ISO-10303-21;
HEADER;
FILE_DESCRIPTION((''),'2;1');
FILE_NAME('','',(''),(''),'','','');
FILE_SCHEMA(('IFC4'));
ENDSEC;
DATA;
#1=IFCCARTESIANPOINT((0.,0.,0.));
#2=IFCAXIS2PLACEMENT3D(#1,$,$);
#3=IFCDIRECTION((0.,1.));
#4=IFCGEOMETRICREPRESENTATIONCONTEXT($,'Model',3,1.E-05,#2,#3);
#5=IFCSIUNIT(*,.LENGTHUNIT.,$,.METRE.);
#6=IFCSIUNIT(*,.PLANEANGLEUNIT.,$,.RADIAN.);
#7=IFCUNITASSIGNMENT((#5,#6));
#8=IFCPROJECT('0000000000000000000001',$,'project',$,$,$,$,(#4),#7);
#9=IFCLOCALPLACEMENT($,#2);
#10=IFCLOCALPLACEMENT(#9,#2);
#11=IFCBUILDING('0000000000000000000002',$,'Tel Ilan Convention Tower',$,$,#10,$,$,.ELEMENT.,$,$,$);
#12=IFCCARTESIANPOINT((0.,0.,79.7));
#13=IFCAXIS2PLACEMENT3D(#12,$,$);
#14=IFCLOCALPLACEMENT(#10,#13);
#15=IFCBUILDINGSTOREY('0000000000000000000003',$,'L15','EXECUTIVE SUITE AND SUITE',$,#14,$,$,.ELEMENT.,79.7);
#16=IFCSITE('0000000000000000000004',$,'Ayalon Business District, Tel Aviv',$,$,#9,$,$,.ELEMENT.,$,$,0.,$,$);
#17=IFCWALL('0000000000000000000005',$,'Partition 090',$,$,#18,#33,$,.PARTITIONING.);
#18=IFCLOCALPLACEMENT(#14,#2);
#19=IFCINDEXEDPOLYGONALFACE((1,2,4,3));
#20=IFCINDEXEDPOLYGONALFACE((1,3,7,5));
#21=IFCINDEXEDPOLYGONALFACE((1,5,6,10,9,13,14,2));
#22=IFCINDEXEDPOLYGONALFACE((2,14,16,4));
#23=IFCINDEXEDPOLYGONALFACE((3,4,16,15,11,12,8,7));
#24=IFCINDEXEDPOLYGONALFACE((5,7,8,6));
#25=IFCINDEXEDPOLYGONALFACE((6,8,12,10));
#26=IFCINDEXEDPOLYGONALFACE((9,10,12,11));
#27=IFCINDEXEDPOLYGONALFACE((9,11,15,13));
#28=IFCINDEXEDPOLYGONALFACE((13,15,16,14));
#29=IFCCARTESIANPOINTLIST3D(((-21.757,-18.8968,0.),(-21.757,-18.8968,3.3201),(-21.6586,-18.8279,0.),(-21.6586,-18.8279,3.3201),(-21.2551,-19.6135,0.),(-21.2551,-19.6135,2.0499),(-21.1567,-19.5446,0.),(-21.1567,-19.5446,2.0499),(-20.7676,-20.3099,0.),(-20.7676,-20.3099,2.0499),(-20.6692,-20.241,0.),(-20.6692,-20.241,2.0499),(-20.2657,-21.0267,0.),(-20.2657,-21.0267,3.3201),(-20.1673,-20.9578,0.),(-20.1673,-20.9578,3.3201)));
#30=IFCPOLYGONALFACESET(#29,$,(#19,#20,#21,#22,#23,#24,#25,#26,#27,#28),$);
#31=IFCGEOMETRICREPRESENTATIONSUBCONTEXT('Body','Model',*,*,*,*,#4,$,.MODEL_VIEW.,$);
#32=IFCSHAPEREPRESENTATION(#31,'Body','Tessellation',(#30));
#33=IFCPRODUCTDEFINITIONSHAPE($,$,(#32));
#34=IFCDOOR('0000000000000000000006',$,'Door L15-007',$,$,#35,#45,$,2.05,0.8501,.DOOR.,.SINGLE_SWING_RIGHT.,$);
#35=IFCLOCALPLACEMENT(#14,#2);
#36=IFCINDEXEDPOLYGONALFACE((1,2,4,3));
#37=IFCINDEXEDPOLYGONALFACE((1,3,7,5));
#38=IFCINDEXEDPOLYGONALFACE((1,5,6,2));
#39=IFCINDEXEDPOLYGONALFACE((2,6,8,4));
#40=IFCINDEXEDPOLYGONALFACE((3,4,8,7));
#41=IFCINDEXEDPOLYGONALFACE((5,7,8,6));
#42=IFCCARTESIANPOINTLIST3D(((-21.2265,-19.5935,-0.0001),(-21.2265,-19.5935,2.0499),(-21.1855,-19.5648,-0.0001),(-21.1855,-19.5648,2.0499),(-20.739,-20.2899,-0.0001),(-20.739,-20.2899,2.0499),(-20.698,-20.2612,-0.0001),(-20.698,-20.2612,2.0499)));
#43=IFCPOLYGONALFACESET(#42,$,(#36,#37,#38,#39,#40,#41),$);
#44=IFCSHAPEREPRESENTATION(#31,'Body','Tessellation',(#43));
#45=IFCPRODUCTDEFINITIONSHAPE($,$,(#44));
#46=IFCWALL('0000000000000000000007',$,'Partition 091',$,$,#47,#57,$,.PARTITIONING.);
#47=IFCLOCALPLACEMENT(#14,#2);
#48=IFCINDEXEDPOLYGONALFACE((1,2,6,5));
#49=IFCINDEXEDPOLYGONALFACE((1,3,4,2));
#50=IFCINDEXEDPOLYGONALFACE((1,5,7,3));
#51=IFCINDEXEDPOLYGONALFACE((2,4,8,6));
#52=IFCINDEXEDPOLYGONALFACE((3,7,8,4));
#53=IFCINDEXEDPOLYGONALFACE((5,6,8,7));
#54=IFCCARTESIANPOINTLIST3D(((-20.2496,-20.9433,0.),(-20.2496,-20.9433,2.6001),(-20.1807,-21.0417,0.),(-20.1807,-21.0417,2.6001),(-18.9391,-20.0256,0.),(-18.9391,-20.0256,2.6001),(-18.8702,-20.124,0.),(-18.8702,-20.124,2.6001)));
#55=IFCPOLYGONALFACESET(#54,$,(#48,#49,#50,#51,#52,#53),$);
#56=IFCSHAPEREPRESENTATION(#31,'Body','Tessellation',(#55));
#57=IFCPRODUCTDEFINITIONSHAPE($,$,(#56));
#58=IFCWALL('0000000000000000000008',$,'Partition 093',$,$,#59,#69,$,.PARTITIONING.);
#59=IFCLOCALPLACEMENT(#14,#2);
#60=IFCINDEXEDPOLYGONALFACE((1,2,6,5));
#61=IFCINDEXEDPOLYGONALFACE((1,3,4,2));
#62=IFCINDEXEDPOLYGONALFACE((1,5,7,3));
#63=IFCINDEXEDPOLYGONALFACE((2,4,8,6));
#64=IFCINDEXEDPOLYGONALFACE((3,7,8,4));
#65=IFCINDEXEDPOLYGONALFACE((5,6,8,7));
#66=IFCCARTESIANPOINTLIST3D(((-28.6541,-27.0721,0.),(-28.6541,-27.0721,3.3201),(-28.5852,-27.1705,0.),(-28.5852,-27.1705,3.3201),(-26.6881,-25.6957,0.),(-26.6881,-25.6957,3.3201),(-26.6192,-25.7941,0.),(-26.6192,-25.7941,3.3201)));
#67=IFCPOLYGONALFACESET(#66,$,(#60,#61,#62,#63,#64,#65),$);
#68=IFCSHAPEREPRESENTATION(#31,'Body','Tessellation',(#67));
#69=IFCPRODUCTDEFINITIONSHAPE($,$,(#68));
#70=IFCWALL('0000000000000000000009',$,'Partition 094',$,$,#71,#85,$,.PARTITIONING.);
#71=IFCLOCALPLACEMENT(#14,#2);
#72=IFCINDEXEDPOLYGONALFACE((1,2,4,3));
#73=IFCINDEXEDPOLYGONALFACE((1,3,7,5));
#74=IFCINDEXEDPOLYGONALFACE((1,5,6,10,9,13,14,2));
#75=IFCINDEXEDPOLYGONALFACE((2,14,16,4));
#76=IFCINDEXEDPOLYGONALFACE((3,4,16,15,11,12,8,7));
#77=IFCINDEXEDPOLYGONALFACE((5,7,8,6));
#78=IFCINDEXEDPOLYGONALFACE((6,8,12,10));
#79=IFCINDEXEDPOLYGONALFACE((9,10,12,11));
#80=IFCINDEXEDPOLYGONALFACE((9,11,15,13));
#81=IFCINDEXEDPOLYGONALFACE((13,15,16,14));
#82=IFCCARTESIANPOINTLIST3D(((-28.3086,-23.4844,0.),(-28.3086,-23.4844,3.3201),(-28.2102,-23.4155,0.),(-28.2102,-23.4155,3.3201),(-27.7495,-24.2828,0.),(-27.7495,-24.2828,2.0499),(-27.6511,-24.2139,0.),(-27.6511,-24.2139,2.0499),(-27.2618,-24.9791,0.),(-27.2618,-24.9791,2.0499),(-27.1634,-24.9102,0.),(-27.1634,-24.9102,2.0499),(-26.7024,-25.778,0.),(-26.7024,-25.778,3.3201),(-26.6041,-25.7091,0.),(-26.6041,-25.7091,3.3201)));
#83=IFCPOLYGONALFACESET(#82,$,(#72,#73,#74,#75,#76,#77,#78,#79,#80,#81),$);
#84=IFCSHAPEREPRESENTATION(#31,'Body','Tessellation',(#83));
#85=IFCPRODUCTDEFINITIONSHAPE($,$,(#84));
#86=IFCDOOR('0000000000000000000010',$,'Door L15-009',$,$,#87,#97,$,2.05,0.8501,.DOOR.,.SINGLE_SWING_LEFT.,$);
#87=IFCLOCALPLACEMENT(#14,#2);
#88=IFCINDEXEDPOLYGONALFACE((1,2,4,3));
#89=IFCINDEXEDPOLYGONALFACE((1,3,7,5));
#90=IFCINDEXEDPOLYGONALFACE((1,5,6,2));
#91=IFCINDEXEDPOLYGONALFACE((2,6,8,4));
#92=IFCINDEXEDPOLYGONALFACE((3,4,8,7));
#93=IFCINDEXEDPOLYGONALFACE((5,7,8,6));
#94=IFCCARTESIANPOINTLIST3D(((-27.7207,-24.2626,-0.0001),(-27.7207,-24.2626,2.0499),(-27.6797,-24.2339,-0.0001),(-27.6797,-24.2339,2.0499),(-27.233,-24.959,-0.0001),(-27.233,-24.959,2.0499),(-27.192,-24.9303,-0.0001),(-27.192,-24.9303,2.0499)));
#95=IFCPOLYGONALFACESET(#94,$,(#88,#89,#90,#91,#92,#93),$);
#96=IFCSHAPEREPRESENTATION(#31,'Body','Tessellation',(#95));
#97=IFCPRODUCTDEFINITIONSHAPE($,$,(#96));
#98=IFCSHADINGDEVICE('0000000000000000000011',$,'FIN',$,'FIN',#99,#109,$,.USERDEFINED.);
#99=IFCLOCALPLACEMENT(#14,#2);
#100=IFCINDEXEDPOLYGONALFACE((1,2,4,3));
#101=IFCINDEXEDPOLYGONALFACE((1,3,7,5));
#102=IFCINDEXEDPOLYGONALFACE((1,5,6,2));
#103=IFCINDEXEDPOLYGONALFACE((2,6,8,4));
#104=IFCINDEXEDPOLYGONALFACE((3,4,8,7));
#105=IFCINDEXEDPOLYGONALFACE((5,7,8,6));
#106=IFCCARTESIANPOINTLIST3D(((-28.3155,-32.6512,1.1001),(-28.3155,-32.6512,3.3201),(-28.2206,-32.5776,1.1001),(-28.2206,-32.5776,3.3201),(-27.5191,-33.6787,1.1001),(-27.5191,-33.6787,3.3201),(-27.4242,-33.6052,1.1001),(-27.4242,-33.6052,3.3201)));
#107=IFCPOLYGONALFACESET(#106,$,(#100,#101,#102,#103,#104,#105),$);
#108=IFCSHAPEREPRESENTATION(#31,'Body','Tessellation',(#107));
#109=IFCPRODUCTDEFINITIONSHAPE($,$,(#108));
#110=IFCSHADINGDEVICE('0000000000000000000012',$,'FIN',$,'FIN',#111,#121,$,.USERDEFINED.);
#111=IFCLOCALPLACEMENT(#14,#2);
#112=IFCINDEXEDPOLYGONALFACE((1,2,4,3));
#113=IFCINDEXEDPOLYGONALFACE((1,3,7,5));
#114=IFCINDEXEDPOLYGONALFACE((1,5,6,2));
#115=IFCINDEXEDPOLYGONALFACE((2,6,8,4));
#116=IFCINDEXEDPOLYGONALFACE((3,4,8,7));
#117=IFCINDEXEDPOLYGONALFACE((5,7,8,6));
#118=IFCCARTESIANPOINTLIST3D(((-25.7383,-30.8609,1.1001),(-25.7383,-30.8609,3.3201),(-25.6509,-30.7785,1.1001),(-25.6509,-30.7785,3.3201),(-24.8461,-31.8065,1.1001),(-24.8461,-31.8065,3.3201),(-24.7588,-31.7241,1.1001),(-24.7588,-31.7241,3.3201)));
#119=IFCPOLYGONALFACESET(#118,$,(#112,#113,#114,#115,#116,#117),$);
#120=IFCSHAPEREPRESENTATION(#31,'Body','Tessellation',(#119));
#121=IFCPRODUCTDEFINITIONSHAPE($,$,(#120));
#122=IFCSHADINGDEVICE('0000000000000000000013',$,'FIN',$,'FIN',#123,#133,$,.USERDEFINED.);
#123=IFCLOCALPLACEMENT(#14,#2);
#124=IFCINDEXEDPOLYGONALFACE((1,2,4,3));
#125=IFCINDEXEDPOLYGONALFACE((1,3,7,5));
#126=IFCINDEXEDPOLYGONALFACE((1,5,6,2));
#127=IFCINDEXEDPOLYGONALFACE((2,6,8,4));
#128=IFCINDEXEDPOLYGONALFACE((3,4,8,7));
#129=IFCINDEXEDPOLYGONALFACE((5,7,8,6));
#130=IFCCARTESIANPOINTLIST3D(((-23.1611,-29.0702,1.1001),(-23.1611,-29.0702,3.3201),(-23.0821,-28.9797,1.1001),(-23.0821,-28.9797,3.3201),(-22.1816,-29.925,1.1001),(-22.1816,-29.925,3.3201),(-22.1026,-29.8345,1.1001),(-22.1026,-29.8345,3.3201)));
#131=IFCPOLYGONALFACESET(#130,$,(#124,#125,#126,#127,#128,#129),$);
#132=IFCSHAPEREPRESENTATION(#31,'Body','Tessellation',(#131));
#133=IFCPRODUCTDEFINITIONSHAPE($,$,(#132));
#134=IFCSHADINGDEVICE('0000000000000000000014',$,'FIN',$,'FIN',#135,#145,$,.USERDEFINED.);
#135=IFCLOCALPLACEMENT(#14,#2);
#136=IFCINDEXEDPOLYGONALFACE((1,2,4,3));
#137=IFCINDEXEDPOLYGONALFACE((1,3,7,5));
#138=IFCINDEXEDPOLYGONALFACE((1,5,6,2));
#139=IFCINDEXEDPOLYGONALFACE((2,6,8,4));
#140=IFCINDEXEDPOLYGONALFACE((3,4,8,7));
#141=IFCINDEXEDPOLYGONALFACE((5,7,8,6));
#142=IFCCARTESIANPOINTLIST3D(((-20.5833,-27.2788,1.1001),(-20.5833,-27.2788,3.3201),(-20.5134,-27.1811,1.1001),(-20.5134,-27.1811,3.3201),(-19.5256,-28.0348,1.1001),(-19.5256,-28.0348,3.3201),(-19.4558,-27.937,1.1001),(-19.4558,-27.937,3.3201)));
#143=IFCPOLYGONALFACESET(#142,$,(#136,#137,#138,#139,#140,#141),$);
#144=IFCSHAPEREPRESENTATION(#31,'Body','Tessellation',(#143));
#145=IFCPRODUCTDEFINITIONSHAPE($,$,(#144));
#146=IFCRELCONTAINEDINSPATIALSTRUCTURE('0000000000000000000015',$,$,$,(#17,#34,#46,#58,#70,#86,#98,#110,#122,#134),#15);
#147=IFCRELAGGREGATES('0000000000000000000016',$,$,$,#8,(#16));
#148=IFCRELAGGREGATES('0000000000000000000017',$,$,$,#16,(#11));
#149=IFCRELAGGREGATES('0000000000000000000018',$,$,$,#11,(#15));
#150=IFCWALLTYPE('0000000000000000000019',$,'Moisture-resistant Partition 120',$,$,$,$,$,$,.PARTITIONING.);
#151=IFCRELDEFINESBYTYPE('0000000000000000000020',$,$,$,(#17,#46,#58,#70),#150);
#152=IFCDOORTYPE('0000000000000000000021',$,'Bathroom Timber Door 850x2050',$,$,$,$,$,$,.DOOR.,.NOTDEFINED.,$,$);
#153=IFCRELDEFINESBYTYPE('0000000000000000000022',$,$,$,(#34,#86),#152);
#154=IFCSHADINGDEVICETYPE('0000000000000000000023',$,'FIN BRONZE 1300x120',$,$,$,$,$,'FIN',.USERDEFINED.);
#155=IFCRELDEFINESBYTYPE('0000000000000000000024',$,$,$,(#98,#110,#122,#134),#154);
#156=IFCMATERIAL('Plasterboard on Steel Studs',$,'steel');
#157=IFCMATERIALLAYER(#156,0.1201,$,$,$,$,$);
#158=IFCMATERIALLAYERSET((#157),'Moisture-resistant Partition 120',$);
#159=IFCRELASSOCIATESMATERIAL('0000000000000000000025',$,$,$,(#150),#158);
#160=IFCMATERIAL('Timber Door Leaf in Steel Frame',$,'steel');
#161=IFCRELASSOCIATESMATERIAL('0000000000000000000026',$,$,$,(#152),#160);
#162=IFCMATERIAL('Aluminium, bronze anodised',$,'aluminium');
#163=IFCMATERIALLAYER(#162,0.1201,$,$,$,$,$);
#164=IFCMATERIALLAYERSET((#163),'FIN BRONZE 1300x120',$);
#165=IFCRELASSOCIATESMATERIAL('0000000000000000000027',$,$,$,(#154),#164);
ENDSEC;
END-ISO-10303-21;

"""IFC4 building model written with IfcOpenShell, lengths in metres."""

from ifc_helpers import new_model, si_unit, direction, frame, frame_2d, origin, origin_2d, place, context, subcontext, project, spatial, rectangle, extrude, material, layer, layer_set, type_object, element, fill, save


model = new_model("IFC4")

# Units and contexts
model_context = context("Model", 3, precision=1e-05, world=origin(), true_north=direction((0.0, 1.0)))
body_context = subcontext(model_context, "Body", "Model", "MODEL_VIEW")
ifc_project = project(units=[si_unit("LENGTHUNIT", "METRE"), si_unit("PLANEANGLEUNIT", "RADIAN")], contexts=[model_context])

# Site, building, storey
site_placement = place(None, origin())
site = spatial("IfcSite", under=ifc_project, at=site_placement, Name="Ayalon Business District, Tel Aviv", CompositionType="ELEMENT", RefElevation=0.0)
building_placement = place(site_placement, origin())
building = spatial("IfcBuilding", under=site, at=building_placement, Name="Tel Ilan Convention Tower", CompositionType="ELEMENT")
storey_placement = place(building_placement, frame((0.0, 0.0, 79.7)))
storey = spatial("IfcBuildingStorey", under=building, at=storey_placement, Name="L15", Description="EXECUTIVE SUITE AND SUITE", CompositionType="ELEMENT", Elevation=79.7)

# Wall, opening, door
ifc_material_1 = material(Name="Plasterboard on Steel Studs", Category="steel")
ifc_layer_1 = layer(ifc_material_1, 0.1201)
ifc_layer_set_1 = layer_set([ifc_layer_1], Name="Moisture-resistant Partition 120")
wall_type_1 = type_object("IfcWallType", Name="Moisture-resistant Partition 120", PredefinedType="PARTITIONING", material=ifc_layer_set_1)
wall_1_placement = place(storey_placement, frame((-21.7078, -18.8623, 0.0), z_axis=(0.0, 0.0, 1.0), x_axis=(0.573538, -0.819179, 0.0)))
wall_1 = element("IfcWall", 1, at=wall_1_placement, inside=storey, type_object=wall_type_1, Name="Partition 090", PredefinedType="PARTITIONING", context=body_context, shape_type="SweptSolid", body=[
    extrude(rectangle(XDim=2.6001, YDim=0.1201, at=frame_2d((1.3, 0.0))), origin(), (0.0, 0.0, 1.0), 3.3201),
])
opening_1_placement = place(wall_1_placement, frame((0.875, 0.0, 0.0)))
opening_1 = element("IfcOpeningElement", 2, at=opening_1_placement, cuts=wall_1, PredefinedType="OPENING", context=body_context, shape_type="SweptSolid", body=[
    extrude(rectangle(XDim=0.8501, YDim=2.05, at=frame_2d((0.425, 1.0249))), frame((0.0, 0.0701, 0.0), z_axis=(0.0, -1.0, 0.0), x_axis=(1.0, 0.0, 0.0)), (0.0, 0.0, 1.0), 0.1401),
])
ifc_material_2 = material(Name="Timber Door Leaf in Steel Frame", Category="steel")
door_type_1 = type_object("IfcDoorType", Name="Bathroom Timber Door 850x2050", OperationType="NOTDEFINED", PredefinedType="DOOR", material=ifc_material_2)
door_1_placement = place(opening_1_placement, origin())
door_1 = element("IfcDoor", 3, at=door_1_placement, inside=storey, type_object=door_type_1, Name="Door L15-007", OperationType="SINGLE_SWING_RIGHT", OverallHeight=2.05, OverallWidth=0.8501, PredefinedType="DOOR", context=body_context, shape_type="SweptSolid", body=[
    extrude(rectangle(XDim=0.8501, YDim=2.05, at=frame_2d((0.425, 1.0249))), frame((0.0, 0.0249, 0.0), z_axis=(0.0, -1.0, 0.0), x_axis=(1.0, 0.0, 0.0)), (0.0, 0.0, 1.0), 0.05),
])
fill(opening_1, door_1)

# Walls
wall_2_placement = place(storey_placement, frame((-20.2151, -20.9924, 0.0), z_axis=(0.0, 0.0, 1.0), x_axis=(0.819132, 0.573606, 0.0)))
element("IfcWall", 4, at=wall_2_placement, inside=storey, type_object=wall_type_1, Name="Partition 091", PredefinedType="PARTITIONING", context=body_context, shape_type="SweptSolid", body=[
    extrude(rectangle(XDim=1.5999, YDim=0.1201, at=frame_2d((0.7998, 0.0))), origin(), (0.0, 0.0, 1.0), 2.6001),
])
wall_3_placement = place(storey_placement, frame((-28.6196, -27.1213, 0.0), z_axis=(0.0, 0.0, 1.0), x_axis=(0.819189, 0.573524, 0.0)))
element("IfcWall", 5, at=wall_3_placement, inside=storey, type_object=wall_type_1, Name="Partition 093", PredefinedType="PARTITIONING", context=body_context, shape_type="SweptSolid", body=[
    extrude(rectangle(XDim=2.3999, YDim=0.1201, at=frame_2d((1.2, 0.0))), origin(), (0.0, 0.0, 1.0), 3.3201),
])

# Wall, opening, door
wall_4_placement = place(storey_placement, frame((-26.6533, -25.7434, 0.0), z_axis=(0.0, 0.0, 1.0), x_axis=(-0.573609, 0.81913, 0.0)))
wall_4 = element("IfcWall", 6, at=wall_4_placement, inside=storey, type_object=wall_type_1, Name="Partition 094", PredefinedType="PARTITIONING", context=body_context, shape_type="SweptSolid", body=[
    extrude(rectangle(XDim=2.8, YDim=0.1201, at=frame_2d((1.3999, 0.0))), origin(), (0.0, 0.0, 1.0), 3.3201),
])
opening_2_placement = place(wall_4_placement, frame((0.9751, 0.0, 0.0)))
opening_2 = element("IfcOpeningElement", 7, at=opening_2_placement, cuts=wall_4, PredefinedType="OPENING", context=body_context, shape_type="SweptSolid", body=[
    extrude(rectangle(XDim=0.8501, YDim=2.05, at=frame_2d((0.425, 1.0249))), frame((0.0, 0.0701, 0.0), z_axis=(0.0, -1.0, 0.0), x_axis=(1.0, 0.0, 0.0)), (0.0, 0.0, 1.0), 0.1401),
])
door_2_placement = place(opening_2_placement, origin())
door_2 = element("IfcDoor", 8, at=door_2_placement, inside=storey, type_object=door_type_1, Name="Door L15-009", OperationType="SINGLE_SWING_LEFT", OverallHeight=2.05, OverallWidth=0.8501, PredefinedType="DOOR", context=body_context, shape_type="SweptSolid", body=[
    extrude(rectangle(XDim=0.8501, YDim=2.05, at=frame_2d((0.425, 1.0249))), frame((0.0, 0.0249, 0.0), z_axis=(0.0, -1.0, 0.0), x_axis=(1.0, 0.0, 0.0)), (0.0, 0.0, 1.0), 0.05),
])
fill(opening_2, door_2)

# Shading devices
ifc_material_3 = material(Name="Aluminium, bronze anodised", Category="aluminium")
ifc_layer_2 = layer(ifc_material_3, 0.1201)
ifc_layer_set_2 = layer_set([ifc_layer_2], Name="FIN BRONZE 1300x120")
shading_device_type = type_object("IfcShadingDeviceType", Name="FIN BRONZE 1300x120", ElementType="FIN", PredefinedType="USERDEFINED", material=ifc_layer_set_2)
for number, where, z_axis, x_axis, name in (
    (9, (-27.8699, -33.1282, 1.1001), (0.0, 0.0, 1.0), (0.612601, -0.790393, 0.0), "FIN"),
    (10, (-25.2485, -31.2925, 1.1001), (0.0, 0.0, 1.0), (0.686242, -0.727374, 0.0), "FIN"),
    (11, (-22.6318, -29.4524, 1.1001), (0.0, 0.0, 1.0), (0.753436, -0.657521, 0.0), "FIN"),
    (12, (-20.0195, -27.6079, 1.1001), (0.0, 0.0, 1.0), (0.813552, -0.581492, 0.0), "FIN"),
):
    element("IfcShadingDevice", number, at=place(storey_placement, frame(where, z_axis=z_axis, x_axis=x_axis)), inside=storey, type_object=shading_device_type, Name=name, ObjectType="FIN", PredefinedType="USERDEFINED", context=body_context, shape_type="SweptSolid", body=[
        extrude(rectangle(XDim=1.3, YDim=0.1201, at=origin_2d()), origin(), (0.0, 0.0, 1.0), 2.22),
    ])

save(model, "model.ifc")
